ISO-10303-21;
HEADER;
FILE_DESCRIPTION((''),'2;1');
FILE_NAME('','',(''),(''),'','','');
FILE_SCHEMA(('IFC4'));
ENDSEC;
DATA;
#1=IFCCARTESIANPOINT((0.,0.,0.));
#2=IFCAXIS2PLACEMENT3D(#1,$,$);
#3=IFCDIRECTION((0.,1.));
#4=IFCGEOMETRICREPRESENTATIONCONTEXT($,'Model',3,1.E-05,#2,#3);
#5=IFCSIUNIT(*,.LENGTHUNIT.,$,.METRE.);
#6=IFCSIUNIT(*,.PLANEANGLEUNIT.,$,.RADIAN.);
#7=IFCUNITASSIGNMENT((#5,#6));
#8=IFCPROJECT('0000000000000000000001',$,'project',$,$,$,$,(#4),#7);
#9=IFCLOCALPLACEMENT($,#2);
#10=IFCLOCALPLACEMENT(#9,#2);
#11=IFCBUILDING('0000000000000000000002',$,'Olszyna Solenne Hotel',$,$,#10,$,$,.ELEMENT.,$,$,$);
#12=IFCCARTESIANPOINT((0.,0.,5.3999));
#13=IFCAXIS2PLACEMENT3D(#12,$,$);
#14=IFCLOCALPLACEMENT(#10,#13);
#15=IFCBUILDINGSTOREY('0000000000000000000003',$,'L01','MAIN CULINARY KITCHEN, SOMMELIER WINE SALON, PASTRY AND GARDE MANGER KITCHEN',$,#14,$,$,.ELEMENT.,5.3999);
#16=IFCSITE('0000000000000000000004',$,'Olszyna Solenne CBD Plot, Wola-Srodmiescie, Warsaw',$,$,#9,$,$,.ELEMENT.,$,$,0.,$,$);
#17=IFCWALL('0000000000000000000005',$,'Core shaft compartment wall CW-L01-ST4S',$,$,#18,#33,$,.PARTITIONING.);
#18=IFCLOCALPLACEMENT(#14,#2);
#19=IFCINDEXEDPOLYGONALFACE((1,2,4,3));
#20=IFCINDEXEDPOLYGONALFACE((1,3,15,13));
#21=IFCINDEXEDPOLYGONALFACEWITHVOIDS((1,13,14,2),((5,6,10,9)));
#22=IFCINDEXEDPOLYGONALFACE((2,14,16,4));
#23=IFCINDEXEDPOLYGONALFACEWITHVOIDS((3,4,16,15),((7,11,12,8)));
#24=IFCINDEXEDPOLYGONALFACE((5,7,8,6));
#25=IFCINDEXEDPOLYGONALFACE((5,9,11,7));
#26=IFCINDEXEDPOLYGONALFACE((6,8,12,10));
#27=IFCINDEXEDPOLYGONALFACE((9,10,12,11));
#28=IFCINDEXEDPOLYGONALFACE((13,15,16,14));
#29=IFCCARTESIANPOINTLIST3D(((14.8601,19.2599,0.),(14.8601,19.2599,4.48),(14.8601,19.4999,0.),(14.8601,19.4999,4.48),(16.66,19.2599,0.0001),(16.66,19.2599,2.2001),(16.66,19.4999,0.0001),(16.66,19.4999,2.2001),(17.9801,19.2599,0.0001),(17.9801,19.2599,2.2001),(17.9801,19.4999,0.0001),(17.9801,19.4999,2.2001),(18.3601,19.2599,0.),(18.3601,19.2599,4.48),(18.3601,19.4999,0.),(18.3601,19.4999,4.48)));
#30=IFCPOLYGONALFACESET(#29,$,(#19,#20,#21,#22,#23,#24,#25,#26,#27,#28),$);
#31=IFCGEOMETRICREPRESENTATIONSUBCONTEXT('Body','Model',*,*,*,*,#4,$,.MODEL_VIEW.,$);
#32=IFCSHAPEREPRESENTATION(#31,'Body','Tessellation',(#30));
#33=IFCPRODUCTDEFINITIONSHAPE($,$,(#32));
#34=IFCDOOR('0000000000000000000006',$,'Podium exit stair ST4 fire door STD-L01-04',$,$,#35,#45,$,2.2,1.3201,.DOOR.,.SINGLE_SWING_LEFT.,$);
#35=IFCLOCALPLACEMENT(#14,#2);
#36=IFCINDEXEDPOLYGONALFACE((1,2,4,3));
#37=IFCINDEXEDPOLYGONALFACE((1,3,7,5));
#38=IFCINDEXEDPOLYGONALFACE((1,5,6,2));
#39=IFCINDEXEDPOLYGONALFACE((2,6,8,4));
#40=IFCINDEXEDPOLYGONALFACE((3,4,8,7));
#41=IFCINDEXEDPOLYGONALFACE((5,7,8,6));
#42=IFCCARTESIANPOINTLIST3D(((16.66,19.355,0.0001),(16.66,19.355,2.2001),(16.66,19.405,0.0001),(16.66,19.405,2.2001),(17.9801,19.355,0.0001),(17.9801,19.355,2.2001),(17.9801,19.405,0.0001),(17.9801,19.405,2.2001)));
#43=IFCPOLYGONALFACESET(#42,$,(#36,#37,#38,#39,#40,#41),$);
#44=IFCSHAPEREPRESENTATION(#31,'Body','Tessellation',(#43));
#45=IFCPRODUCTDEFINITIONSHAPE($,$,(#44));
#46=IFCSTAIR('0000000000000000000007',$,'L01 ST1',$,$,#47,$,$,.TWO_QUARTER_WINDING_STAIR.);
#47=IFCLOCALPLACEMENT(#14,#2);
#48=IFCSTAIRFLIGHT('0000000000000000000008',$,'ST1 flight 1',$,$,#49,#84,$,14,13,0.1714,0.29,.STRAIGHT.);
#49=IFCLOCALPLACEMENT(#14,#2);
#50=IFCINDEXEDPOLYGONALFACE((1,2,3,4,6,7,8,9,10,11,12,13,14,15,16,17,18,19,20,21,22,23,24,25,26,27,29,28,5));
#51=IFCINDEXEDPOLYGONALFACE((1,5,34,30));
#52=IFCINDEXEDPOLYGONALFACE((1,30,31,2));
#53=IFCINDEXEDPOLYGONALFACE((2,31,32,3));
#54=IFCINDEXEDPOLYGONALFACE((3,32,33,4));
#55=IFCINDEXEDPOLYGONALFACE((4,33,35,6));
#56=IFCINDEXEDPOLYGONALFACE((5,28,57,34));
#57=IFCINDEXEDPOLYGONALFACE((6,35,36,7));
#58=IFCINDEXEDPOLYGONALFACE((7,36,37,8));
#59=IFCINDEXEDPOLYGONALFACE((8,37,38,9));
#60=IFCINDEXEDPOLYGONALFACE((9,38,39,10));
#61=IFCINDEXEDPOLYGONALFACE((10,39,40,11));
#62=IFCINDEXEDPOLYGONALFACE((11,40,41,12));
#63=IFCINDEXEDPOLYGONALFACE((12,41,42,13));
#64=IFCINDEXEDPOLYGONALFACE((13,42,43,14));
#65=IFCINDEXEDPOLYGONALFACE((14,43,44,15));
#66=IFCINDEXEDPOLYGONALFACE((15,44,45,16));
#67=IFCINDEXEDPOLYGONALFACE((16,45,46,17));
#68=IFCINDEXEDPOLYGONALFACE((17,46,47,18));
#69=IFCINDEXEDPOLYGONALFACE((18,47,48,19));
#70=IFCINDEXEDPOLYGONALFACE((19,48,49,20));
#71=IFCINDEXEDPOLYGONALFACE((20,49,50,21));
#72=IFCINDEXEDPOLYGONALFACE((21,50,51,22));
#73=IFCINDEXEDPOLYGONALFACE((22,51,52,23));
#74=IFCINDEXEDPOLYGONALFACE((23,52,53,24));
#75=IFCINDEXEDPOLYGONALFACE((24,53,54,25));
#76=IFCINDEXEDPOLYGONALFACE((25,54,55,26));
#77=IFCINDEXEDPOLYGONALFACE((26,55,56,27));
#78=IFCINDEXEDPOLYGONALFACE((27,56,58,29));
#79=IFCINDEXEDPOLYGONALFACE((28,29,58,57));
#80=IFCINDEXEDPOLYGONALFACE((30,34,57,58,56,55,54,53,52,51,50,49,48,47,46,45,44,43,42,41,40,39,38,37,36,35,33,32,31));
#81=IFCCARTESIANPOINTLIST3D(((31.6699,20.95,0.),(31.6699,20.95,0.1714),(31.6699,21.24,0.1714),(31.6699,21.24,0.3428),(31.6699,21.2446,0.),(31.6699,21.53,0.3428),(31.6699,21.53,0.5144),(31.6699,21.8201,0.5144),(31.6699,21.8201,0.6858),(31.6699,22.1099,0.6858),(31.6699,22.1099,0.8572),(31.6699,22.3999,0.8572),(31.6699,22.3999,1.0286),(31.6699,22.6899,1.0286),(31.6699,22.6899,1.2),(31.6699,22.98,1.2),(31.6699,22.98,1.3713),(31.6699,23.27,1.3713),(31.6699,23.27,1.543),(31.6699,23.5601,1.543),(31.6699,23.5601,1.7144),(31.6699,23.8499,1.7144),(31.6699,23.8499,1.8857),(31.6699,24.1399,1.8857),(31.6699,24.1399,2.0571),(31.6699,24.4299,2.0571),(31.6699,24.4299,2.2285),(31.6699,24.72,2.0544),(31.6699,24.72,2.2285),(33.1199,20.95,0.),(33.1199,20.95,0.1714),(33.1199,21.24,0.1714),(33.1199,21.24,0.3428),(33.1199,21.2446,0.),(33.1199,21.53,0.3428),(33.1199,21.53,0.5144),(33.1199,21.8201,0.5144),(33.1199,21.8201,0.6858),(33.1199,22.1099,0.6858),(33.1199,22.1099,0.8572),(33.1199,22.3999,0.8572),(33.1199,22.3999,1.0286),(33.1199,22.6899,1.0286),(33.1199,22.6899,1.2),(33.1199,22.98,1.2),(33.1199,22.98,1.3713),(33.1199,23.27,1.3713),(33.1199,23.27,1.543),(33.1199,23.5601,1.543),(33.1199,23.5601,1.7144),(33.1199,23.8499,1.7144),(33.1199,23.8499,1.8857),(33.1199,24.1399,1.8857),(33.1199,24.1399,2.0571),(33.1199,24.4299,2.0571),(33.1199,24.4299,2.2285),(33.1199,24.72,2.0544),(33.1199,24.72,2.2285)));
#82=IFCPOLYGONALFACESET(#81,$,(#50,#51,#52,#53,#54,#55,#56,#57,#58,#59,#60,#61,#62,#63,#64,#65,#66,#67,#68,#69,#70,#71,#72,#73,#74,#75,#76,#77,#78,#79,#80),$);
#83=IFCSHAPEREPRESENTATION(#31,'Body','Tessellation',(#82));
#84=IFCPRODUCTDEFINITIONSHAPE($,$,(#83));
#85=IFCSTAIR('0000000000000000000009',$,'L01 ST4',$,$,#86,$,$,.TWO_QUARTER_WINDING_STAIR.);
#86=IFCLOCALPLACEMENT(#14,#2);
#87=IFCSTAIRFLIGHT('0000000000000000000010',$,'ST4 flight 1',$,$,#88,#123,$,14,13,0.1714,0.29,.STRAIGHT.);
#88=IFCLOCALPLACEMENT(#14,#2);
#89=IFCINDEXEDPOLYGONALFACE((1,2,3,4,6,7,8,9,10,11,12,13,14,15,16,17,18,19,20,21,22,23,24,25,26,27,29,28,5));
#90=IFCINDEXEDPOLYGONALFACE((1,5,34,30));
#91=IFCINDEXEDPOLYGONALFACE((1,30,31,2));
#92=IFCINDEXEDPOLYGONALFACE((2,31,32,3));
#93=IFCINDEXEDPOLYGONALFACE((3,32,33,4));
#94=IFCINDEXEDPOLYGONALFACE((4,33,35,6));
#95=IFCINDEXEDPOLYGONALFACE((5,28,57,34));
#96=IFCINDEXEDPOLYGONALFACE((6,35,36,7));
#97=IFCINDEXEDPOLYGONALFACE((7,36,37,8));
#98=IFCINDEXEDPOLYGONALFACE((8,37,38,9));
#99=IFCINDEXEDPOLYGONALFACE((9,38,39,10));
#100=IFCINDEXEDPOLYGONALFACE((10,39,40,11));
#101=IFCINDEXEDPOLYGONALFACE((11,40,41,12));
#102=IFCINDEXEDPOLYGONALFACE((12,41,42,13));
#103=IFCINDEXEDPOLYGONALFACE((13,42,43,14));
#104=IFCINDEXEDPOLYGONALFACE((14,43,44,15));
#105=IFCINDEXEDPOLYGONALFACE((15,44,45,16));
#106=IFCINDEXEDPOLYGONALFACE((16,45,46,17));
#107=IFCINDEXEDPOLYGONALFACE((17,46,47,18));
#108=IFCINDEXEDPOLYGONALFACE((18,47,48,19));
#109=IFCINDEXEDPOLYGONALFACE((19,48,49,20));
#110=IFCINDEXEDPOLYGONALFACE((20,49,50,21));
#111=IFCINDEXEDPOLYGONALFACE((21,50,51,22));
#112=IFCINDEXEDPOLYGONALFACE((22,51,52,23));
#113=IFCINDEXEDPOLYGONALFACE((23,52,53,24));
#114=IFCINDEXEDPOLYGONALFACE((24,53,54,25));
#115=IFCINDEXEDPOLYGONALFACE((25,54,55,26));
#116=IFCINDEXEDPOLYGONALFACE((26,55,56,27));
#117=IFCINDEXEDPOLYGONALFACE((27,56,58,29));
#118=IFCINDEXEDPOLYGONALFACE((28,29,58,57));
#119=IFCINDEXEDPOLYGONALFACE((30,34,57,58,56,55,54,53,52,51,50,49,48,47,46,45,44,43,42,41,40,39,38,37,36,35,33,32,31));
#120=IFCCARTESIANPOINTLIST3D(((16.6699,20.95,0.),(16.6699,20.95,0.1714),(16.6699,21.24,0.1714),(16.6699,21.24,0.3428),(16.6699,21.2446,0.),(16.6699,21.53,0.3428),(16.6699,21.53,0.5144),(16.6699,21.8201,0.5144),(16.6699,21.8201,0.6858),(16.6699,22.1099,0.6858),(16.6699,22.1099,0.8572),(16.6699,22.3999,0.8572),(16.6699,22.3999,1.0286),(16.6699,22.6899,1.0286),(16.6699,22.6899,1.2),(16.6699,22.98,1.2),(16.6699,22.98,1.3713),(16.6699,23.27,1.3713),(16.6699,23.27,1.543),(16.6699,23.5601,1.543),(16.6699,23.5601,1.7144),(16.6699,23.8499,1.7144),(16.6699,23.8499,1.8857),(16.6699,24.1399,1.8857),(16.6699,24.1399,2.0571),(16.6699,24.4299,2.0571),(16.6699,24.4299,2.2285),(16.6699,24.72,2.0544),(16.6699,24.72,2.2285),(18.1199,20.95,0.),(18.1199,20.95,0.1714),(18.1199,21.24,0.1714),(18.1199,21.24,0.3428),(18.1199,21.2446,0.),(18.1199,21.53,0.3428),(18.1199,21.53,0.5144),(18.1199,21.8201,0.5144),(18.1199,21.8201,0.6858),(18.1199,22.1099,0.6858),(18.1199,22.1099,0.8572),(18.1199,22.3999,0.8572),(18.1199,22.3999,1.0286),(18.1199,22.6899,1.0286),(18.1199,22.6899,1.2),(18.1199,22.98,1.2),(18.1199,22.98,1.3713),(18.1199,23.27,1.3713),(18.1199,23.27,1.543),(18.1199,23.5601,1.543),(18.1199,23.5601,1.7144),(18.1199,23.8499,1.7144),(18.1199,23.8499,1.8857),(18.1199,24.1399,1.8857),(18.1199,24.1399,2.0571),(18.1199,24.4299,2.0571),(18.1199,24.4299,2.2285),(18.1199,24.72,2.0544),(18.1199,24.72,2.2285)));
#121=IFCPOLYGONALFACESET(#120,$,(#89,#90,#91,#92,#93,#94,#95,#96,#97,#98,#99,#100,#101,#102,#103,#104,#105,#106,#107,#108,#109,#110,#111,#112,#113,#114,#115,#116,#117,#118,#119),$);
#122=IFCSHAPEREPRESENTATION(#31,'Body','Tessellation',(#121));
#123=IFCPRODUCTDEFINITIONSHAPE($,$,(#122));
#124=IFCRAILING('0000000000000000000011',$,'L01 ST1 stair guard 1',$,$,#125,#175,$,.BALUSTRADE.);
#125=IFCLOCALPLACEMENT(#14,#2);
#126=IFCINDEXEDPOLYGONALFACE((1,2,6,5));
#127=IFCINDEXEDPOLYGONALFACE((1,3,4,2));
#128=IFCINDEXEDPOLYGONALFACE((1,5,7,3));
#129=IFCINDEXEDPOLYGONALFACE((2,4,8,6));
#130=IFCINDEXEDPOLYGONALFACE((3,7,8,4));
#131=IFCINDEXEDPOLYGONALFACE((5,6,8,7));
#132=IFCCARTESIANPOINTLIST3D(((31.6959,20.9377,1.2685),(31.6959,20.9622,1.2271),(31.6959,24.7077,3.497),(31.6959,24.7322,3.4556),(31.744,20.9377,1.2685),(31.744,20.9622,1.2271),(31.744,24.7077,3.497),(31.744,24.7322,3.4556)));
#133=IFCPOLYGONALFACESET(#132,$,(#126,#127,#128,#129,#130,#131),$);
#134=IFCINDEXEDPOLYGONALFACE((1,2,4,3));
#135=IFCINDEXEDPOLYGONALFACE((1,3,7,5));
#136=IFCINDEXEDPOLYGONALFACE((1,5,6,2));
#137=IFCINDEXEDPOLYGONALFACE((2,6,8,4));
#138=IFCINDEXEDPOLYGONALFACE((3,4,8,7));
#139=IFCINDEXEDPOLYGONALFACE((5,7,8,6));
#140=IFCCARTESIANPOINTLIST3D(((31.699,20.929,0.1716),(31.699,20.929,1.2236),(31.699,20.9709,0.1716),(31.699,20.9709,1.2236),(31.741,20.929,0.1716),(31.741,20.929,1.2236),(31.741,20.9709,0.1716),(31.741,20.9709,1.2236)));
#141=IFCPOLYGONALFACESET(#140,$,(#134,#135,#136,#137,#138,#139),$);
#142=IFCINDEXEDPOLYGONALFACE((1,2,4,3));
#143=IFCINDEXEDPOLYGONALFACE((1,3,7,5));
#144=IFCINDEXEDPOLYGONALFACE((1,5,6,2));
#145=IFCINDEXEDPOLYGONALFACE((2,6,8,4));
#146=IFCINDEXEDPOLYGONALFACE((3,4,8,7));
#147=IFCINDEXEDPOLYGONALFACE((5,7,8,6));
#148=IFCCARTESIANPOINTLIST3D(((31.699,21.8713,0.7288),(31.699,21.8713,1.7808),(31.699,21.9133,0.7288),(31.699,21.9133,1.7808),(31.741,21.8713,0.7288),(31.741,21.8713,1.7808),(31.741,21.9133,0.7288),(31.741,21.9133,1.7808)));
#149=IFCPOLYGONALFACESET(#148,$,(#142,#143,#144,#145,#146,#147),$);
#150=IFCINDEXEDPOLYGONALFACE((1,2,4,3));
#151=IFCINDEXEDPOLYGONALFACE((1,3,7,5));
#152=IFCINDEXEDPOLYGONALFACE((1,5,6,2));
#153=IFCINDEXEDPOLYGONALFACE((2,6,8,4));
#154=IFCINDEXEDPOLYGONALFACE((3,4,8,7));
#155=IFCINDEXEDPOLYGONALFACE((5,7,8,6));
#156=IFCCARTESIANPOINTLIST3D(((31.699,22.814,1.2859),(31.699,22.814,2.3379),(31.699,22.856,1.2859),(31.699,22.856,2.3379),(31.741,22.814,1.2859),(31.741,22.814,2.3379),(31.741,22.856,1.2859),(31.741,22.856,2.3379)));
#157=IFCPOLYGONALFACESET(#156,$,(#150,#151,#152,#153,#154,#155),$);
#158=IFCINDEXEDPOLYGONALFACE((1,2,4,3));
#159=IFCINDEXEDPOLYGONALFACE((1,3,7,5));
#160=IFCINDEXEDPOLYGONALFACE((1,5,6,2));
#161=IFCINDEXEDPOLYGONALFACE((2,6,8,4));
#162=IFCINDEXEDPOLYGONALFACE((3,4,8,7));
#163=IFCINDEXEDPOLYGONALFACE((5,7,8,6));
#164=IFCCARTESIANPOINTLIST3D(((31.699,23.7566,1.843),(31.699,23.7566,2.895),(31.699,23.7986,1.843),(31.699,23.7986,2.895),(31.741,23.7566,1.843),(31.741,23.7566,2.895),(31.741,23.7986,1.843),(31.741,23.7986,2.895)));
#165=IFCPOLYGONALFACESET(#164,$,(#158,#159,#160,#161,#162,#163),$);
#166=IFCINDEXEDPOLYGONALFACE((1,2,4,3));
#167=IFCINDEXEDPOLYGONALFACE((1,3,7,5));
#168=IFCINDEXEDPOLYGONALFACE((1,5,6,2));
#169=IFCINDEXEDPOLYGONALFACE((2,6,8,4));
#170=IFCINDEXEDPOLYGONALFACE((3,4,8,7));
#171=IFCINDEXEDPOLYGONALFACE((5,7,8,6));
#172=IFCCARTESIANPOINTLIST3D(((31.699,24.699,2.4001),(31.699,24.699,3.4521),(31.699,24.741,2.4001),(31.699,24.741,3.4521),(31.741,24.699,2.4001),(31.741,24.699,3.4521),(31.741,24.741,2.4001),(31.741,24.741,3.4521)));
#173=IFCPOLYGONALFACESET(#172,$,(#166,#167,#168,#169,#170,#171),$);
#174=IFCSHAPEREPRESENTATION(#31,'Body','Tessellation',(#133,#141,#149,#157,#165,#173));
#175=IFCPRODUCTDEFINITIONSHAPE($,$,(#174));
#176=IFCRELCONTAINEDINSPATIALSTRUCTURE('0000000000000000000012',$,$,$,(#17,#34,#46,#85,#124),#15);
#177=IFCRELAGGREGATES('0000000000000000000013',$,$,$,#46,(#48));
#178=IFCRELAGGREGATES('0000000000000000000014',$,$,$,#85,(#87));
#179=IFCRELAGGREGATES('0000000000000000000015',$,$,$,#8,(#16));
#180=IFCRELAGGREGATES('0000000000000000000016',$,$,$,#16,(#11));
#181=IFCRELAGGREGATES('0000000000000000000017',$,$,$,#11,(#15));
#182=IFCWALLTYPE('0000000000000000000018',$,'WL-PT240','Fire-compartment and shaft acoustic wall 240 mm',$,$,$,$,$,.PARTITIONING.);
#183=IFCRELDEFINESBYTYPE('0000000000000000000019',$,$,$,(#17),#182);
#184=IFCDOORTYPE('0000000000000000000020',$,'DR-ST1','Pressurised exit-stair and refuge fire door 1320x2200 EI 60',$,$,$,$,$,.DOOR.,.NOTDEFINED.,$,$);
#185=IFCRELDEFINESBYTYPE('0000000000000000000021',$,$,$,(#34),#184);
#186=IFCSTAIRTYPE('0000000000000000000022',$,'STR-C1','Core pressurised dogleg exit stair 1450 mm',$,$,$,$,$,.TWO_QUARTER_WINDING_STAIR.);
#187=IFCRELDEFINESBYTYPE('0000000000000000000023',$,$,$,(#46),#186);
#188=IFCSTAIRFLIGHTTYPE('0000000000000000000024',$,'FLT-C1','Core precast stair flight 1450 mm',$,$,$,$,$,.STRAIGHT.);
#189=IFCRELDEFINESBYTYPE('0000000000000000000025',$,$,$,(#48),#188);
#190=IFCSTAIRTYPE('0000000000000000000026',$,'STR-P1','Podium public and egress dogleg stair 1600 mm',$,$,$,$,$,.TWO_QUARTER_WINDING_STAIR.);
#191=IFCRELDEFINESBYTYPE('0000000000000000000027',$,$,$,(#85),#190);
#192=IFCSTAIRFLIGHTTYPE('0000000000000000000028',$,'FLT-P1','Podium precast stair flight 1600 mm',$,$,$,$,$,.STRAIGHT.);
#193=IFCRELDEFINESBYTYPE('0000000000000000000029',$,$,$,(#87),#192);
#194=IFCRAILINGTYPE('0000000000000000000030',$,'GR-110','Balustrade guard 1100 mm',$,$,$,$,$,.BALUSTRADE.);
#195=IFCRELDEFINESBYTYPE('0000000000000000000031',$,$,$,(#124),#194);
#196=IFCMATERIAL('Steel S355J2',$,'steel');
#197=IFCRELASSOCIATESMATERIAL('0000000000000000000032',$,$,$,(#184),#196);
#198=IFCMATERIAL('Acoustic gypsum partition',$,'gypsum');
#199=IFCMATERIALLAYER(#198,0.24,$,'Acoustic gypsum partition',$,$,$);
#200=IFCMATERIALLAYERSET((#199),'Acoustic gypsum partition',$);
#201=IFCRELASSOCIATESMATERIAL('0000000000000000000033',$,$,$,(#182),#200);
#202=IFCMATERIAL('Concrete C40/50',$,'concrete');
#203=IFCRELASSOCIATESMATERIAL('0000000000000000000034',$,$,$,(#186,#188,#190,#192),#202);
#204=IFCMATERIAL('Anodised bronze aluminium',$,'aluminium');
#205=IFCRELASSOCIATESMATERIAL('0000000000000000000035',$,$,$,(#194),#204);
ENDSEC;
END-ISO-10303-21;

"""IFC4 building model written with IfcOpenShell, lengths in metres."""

from ifc_helpers import new_model, si_unit, direction, frame, frame_2d, origin, origin_2d, place, context, subcontext, project, spatial, polyline, rectangle, outline, extrude, source, transform, mapped, material, layer, layer_set, type_object, type_shapes, element, fill, aggregate, save


model = new_model("IFC4")

# Units and contexts
model_context = context("Model", 3, precision=1e-05, world=origin(), true_north=direction((0.0, 1.0)))
body_context = subcontext(model_context, "Body", "Model", "MODEL_VIEW")
ifc_project = project(units=[si_unit("LENGTHUNIT", "METRE"), si_unit("PLANEANGLEUNIT", "RADIAN")], contexts=[model_context])

# Site, building, storey
site_placement = place(None, origin())
site = spatial("IfcSite", under=ifc_project, at=site_placement, Name="Olszyna Solenne CBD Plot, Wola-Srodmiescie, Warsaw", CompositionType="ELEMENT", RefElevation=0.0)
building_placement = place(site_placement, origin())
building = spatial("IfcBuilding", under=site, at=building_placement, Name="Olszyna Solenne Hotel", CompositionType="ELEMENT")
storey_placement = place(building_placement, frame((0.0, 0.0, 5.3999)))
storey = spatial("IfcBuildingStorey", under=building, at=storey_placement, Name="L01", Description="MAIN CULINARY KITCHEN, SOMMELIER WINE SALON, PASTRY AND GARDE MANGER KITCHEN", CompositionType="ELEMENT", Elevation=5.3999)

# Shared definitions
ifc_material_1 = material(Name="Steel S355J2", Category="steel")

# Shared definitions
ifc_material_2 = material(Name="Acoustic gypsum partition", Category="gypsum")
door_type_1 = type_object("IfcDoorType", Name="DR-ST1", Description="Pressurised exit-stair and refuge fire door 1320x2200 EI 60", OperationType="NOTDEFINED", PredefinedType="DOOR", material=ifc_material_1)
shared_shape_1 = source(origin(), body_context, "Body", "SweptSolid", [
    extrude(rectangle(XDim=1.3201, YDim=2.2, at=frame_2d((0.6602, 1.1001))), frame((0.0, 0.0249, 0.0), z_axis=(0.0, -1.0, 0.0), x_axis=(1.0, 0.0, 0.0)), (0.0, 0.0, 1.0), 0.05),
])
type_shapes(door_type_1, [shared_shape_1])

# Wall, opening, door
ifc_layer_1 = layer(ifc_material_2, 0.24, Name="Acoustic gypsum partition")
ifc_layer_set_1 = layer_set([ifc_layer_1], Name="Acoustic gypsum partition")
wall_type_1 = type_object("IfcWallType", Name="WL-PT240", Description="Fire-compartment and shaft acoustic wall 240 mm", PredefinedType="PARTITIONING", material=ifc_layer_set_1)
wall_1_placement = place(storey_placement, frame((18.3601, 19.3799, 0.0), z_axis=(0.0, 0.0, 1.0), x_axis=(-1.0, 0.0, 0.0)))
wall_1 = element("IfcWall", 1, at=wall_1_placement, inside=storey, type_object=wall_type_1, Name="Core shaft compartment wall CW-L01-ST4S", PredefinedType="PARTITIONING", context=body_context, shape_type="SweptSolid", body=[
    extrude(rectangle(XDim=3.5, YDim=0.24, at=frame_2d((1.75, 0.0))), origin(), (0.0, 0.0, 1.0), 4.48),
])
opening_1_placement = place(wall_1_placement, frame((0.3799, 0.0, 0.0)))
opening_1 = element("IfcOpeningElement", 2, at=opening_1_placement, cuts=wall_1, PredefinedType="OPENING", context=body_context, shape_type="SweptSolid", body=[
    extrude(rectangle(XDim=1.3201, YDim=2.2, at=frame_2d((0.6602, 1.1001))), frame((0.0, 0.1299, 0.0), z_axis=(0.0, -1.0, 0.0), x_axis=(1.0, 0.0, 0.0)), (0.0, 0.0, 1.0), 0.26),
])
door_1_placement = place(opening_1_placement, origin())
door_1 = element("IfcDoor", 3, at=door_1_placement, inside=storey, type_object=door_type_1, Name="Podium exit stair ST4 fire door STD-L01-04", OperationType="SINGLE_SWING_LEFT", OverallHeight=2.2, OverallWidth=1.3201, PredefinedType="DOOR", context=body_context, shape_type="MappedRepresentation", body=[
    mapped(shared_shape_1, transform((0.0, 0.0, 0.0), x_axis=(1.0, 0.0, 0.0), y_axis=(0.0, 1.0, 0.0), z_axis=(0.0, 0.0, 1.0), scale=1.0)),
])
fill(opening_1, door_1)

# Stairs, stair flights
ifc_material_3 = material(Name="Concrete C40/50", Category="concrete")
stair_type_1 = type_object("IfcStairType", Name="STR-C1", Description="Core pressurised dogleg exit stair 1450 mm", PredefinedType="TWO_QUARTER_WINDING_STAIR", material=ifc_material_3)
stair_1_placement = place(storey_placement, origin())
stair_1 = element("IfcStair", 4, at=stair_1_placement, inside=storey, type_object=stair_type_1, Name="L01 ST1", PredefinedType="TWO_QUARTER_WINDING_STAIR")
stair_flight_type_1 = type_object("IfcStairFlightType", Name="FLT-C1", Description="Core precast stair flight 1450 mm", PredefinedType="STRAIGHT", material=ifc_material_3)
stair_flight_1_placement = place(storey_placement, frame((32.395, 20.95, 0.0), z_axis=(0.0, 0.0, 1.0), x_axis=(0.0, 1.0, 0.0)))
stair_flight_1 = element("IfcStairFlight", 5, at=stair_flight_1_placement, type_object=stair_flight_type_1, Name="ST1 flight 1", NumberOfRisers=14, NumberOfTreads=13, PredefinedType="STRAIGHT", RiserHeight=0.1714, TreadLength=0.29, context=body_context, shape_type="SweptSolid", body=[
    extrude(outline(polyline([(0.0, 0.0), (0.0, 0.1714), (0.29, 0.1714), (0.29, 0.3428), (0.5801, 0.3428), (0.5801, 0.5144), (0.8701, 0.5144), (0.8701, 0.6858), (1.1599, 0.6858), (1.1599, 0.8572), (1.45, 0.8572), (1.45, 1.0286), (1.74, 1.0286), (1.74, 1.2), (2.03, 1.2), (2.03, 1.3713), (2.3201, 1.3713), (2.3201, 1.543), (2.6101, 1.543), (2.6101, 1.7144), (2.8999, 1.7144), (2.8999, 1.8857), (3.1899, 1.8857), (3.1899, 2.0571), (3.48, 2.0571), (3.48, 2.2285), (3.77, 2.2285), (3.77, 2.3999), (3.77, 2.0544), (0.2947, 0.0), (0.0, 0.0)])), frame((0.0, 0.7251, 0.0), z_axis=(0.0, -1.0, 0.0), x_axis=(1.0, 0.0, 0.0)), (0.0, 0.0, 1.0), 1.45),
])
aggregate(stair_1, [stair_flight_1])
stair_type_2 = type_object("IfcStairType", Name="STR-P1", Description="Podium public and egress dogleg stair 1600 mm", PredefinedType="TWO_QUARTER_WINDING_STAIR", material=ifc_material_3)
stair_2_placement = place(storey_placement, origin())
stair_2 = element("IfcStair", 6, at=stair_2_placement, inside=storey, type_object=stair_type_2, Name="L01 ST4", PredefinedType="TWO_QUARTER_WINDING_STAIR")
stair_flight_type_2 = type_object("IfcStairFlightType", Name="FLT-P1", Description="Podium precast stair flight 1600 mm", PredefinedType="STRAIGHT", material=ifc_material_3)
stair_flight_2_placement = place(storey_placement, frame((17.395, 20.95, 0.0), z_axis=(0.0, 0.0, 1.0), x_axis=(0.0, 1.0, 0.0)))
stair_flight_2 = element("IfcStairFlight", 7, at=stair_flight_2_placement, type_object=stair_flight_type_2, Name="ST4 flight 1", NumberOfRisers=14, NumberOfTreads=13, PredefinedType="STRAIGHT", RiserHeight=0.1714, TreadLength=0.29, context=body_context, shape_type="SweptSolid", body=[
    extrude(outline(polyline([(0.0, 0.0), (0.0, 0.1714), (0.29, 0.1714), (0.29, 0.3428), (0.5801, 0.3428), (0.5801, 0.5144), (0.8701, 0.5144), (0.8701, 0.6858), (1.1599, 0.6858), (1.1599, 0.8572), (1.45, 0.8572), (1.45, 1.0286), (1.74, 1.0286), (1.74, 1.2), (2.03, 1.2), (2.03, 1.3713), (2.3201, 1.3713), (2.3201, 1.543), (2.6101, 1.543), (2.6101, 1.7144), (2.8999, 1.7144), (2.8999, 1.8857), (3.1899, 1.8857), (3.1899, 2.0571), (3.48, 2.0571), (3.48, 2.2285), (3.77, 2.2285), (3.77, 2.3999), (3.77, 2.0544), (0.2947, 0.0), (0.0, 0.0)])), frame((0.0, 0.7251, 0.0), z_axis=(0.0, -1.0, 0.0), x_axis=(1.0, 0.0, 0.0)), (0.0, 0.0, 1.0), 1.45),
])
aggregate(stair_2, [stair_flight_2])

# Railing
ifc_material_4 = material(Name="Anodised bronze aluminium", Category="aluminium")
railing_type_1 = type_object("IfcRailingType", Name="GR-110", Description="Balustrade guard 1100 mm", PredefinedType="BALUSTRADE", material=ifc_material_4)
railing_1_placement = place(storey_placement, frame((31.72, 20.95, 0.1716)))
element("IfcRailing", 8, at=railing_1_placement, inside=storey, type_object=railing_type_1, Name="L01 ST1 stair guard 1", PredefinedType="BALUSTRADE", context=body_context, shape_type="SweptSolid", body=[
    extrude(rectangle(XDim=0.0481, YDim=0.0481, at=origin_2d()), frame((0.0, 0.0, 1.0762), z_axis=(0.0, 0.860849, 0.508861), x_axis=(-1.0, 0.0, 0.0)), (0.0, 0.0, 1.0), 4.3794),
    extrude(rectangle(XDim=0.042, YDim=0.042, at=origin_2d()), origin(), (0.0, 0.0, 1.0), 1.052),
    extrude(rectangle(XDim=0.042, YDim=0.042, at=origin_2d()), frame((0.0, 0.9424, 0.5571)), (0.0, 0.0, 1.0), 1.052),
    extrude(rectangle(XDim=0.042, YDim=0.042, at=origin_2d()), frame((0.0, 1.885, 1.1143)), (0.0, 0.0, 1.0), 1.052),
    extrude(rectangle(XDim=0.042, YDim=0.042, at=origin_2d()), frame((0.0, 2.8276, 1.6714)), (0.0, 0.0, 1.0), 1.052),
    extrude(rectangle(XDim=0.042, YDim=0.042, at=origin_2d()), frame((0.0, 3.77, 2.2285)), (0.0, 0.0, 1.0), 1.052),
])

save(model, "model.ifc")
